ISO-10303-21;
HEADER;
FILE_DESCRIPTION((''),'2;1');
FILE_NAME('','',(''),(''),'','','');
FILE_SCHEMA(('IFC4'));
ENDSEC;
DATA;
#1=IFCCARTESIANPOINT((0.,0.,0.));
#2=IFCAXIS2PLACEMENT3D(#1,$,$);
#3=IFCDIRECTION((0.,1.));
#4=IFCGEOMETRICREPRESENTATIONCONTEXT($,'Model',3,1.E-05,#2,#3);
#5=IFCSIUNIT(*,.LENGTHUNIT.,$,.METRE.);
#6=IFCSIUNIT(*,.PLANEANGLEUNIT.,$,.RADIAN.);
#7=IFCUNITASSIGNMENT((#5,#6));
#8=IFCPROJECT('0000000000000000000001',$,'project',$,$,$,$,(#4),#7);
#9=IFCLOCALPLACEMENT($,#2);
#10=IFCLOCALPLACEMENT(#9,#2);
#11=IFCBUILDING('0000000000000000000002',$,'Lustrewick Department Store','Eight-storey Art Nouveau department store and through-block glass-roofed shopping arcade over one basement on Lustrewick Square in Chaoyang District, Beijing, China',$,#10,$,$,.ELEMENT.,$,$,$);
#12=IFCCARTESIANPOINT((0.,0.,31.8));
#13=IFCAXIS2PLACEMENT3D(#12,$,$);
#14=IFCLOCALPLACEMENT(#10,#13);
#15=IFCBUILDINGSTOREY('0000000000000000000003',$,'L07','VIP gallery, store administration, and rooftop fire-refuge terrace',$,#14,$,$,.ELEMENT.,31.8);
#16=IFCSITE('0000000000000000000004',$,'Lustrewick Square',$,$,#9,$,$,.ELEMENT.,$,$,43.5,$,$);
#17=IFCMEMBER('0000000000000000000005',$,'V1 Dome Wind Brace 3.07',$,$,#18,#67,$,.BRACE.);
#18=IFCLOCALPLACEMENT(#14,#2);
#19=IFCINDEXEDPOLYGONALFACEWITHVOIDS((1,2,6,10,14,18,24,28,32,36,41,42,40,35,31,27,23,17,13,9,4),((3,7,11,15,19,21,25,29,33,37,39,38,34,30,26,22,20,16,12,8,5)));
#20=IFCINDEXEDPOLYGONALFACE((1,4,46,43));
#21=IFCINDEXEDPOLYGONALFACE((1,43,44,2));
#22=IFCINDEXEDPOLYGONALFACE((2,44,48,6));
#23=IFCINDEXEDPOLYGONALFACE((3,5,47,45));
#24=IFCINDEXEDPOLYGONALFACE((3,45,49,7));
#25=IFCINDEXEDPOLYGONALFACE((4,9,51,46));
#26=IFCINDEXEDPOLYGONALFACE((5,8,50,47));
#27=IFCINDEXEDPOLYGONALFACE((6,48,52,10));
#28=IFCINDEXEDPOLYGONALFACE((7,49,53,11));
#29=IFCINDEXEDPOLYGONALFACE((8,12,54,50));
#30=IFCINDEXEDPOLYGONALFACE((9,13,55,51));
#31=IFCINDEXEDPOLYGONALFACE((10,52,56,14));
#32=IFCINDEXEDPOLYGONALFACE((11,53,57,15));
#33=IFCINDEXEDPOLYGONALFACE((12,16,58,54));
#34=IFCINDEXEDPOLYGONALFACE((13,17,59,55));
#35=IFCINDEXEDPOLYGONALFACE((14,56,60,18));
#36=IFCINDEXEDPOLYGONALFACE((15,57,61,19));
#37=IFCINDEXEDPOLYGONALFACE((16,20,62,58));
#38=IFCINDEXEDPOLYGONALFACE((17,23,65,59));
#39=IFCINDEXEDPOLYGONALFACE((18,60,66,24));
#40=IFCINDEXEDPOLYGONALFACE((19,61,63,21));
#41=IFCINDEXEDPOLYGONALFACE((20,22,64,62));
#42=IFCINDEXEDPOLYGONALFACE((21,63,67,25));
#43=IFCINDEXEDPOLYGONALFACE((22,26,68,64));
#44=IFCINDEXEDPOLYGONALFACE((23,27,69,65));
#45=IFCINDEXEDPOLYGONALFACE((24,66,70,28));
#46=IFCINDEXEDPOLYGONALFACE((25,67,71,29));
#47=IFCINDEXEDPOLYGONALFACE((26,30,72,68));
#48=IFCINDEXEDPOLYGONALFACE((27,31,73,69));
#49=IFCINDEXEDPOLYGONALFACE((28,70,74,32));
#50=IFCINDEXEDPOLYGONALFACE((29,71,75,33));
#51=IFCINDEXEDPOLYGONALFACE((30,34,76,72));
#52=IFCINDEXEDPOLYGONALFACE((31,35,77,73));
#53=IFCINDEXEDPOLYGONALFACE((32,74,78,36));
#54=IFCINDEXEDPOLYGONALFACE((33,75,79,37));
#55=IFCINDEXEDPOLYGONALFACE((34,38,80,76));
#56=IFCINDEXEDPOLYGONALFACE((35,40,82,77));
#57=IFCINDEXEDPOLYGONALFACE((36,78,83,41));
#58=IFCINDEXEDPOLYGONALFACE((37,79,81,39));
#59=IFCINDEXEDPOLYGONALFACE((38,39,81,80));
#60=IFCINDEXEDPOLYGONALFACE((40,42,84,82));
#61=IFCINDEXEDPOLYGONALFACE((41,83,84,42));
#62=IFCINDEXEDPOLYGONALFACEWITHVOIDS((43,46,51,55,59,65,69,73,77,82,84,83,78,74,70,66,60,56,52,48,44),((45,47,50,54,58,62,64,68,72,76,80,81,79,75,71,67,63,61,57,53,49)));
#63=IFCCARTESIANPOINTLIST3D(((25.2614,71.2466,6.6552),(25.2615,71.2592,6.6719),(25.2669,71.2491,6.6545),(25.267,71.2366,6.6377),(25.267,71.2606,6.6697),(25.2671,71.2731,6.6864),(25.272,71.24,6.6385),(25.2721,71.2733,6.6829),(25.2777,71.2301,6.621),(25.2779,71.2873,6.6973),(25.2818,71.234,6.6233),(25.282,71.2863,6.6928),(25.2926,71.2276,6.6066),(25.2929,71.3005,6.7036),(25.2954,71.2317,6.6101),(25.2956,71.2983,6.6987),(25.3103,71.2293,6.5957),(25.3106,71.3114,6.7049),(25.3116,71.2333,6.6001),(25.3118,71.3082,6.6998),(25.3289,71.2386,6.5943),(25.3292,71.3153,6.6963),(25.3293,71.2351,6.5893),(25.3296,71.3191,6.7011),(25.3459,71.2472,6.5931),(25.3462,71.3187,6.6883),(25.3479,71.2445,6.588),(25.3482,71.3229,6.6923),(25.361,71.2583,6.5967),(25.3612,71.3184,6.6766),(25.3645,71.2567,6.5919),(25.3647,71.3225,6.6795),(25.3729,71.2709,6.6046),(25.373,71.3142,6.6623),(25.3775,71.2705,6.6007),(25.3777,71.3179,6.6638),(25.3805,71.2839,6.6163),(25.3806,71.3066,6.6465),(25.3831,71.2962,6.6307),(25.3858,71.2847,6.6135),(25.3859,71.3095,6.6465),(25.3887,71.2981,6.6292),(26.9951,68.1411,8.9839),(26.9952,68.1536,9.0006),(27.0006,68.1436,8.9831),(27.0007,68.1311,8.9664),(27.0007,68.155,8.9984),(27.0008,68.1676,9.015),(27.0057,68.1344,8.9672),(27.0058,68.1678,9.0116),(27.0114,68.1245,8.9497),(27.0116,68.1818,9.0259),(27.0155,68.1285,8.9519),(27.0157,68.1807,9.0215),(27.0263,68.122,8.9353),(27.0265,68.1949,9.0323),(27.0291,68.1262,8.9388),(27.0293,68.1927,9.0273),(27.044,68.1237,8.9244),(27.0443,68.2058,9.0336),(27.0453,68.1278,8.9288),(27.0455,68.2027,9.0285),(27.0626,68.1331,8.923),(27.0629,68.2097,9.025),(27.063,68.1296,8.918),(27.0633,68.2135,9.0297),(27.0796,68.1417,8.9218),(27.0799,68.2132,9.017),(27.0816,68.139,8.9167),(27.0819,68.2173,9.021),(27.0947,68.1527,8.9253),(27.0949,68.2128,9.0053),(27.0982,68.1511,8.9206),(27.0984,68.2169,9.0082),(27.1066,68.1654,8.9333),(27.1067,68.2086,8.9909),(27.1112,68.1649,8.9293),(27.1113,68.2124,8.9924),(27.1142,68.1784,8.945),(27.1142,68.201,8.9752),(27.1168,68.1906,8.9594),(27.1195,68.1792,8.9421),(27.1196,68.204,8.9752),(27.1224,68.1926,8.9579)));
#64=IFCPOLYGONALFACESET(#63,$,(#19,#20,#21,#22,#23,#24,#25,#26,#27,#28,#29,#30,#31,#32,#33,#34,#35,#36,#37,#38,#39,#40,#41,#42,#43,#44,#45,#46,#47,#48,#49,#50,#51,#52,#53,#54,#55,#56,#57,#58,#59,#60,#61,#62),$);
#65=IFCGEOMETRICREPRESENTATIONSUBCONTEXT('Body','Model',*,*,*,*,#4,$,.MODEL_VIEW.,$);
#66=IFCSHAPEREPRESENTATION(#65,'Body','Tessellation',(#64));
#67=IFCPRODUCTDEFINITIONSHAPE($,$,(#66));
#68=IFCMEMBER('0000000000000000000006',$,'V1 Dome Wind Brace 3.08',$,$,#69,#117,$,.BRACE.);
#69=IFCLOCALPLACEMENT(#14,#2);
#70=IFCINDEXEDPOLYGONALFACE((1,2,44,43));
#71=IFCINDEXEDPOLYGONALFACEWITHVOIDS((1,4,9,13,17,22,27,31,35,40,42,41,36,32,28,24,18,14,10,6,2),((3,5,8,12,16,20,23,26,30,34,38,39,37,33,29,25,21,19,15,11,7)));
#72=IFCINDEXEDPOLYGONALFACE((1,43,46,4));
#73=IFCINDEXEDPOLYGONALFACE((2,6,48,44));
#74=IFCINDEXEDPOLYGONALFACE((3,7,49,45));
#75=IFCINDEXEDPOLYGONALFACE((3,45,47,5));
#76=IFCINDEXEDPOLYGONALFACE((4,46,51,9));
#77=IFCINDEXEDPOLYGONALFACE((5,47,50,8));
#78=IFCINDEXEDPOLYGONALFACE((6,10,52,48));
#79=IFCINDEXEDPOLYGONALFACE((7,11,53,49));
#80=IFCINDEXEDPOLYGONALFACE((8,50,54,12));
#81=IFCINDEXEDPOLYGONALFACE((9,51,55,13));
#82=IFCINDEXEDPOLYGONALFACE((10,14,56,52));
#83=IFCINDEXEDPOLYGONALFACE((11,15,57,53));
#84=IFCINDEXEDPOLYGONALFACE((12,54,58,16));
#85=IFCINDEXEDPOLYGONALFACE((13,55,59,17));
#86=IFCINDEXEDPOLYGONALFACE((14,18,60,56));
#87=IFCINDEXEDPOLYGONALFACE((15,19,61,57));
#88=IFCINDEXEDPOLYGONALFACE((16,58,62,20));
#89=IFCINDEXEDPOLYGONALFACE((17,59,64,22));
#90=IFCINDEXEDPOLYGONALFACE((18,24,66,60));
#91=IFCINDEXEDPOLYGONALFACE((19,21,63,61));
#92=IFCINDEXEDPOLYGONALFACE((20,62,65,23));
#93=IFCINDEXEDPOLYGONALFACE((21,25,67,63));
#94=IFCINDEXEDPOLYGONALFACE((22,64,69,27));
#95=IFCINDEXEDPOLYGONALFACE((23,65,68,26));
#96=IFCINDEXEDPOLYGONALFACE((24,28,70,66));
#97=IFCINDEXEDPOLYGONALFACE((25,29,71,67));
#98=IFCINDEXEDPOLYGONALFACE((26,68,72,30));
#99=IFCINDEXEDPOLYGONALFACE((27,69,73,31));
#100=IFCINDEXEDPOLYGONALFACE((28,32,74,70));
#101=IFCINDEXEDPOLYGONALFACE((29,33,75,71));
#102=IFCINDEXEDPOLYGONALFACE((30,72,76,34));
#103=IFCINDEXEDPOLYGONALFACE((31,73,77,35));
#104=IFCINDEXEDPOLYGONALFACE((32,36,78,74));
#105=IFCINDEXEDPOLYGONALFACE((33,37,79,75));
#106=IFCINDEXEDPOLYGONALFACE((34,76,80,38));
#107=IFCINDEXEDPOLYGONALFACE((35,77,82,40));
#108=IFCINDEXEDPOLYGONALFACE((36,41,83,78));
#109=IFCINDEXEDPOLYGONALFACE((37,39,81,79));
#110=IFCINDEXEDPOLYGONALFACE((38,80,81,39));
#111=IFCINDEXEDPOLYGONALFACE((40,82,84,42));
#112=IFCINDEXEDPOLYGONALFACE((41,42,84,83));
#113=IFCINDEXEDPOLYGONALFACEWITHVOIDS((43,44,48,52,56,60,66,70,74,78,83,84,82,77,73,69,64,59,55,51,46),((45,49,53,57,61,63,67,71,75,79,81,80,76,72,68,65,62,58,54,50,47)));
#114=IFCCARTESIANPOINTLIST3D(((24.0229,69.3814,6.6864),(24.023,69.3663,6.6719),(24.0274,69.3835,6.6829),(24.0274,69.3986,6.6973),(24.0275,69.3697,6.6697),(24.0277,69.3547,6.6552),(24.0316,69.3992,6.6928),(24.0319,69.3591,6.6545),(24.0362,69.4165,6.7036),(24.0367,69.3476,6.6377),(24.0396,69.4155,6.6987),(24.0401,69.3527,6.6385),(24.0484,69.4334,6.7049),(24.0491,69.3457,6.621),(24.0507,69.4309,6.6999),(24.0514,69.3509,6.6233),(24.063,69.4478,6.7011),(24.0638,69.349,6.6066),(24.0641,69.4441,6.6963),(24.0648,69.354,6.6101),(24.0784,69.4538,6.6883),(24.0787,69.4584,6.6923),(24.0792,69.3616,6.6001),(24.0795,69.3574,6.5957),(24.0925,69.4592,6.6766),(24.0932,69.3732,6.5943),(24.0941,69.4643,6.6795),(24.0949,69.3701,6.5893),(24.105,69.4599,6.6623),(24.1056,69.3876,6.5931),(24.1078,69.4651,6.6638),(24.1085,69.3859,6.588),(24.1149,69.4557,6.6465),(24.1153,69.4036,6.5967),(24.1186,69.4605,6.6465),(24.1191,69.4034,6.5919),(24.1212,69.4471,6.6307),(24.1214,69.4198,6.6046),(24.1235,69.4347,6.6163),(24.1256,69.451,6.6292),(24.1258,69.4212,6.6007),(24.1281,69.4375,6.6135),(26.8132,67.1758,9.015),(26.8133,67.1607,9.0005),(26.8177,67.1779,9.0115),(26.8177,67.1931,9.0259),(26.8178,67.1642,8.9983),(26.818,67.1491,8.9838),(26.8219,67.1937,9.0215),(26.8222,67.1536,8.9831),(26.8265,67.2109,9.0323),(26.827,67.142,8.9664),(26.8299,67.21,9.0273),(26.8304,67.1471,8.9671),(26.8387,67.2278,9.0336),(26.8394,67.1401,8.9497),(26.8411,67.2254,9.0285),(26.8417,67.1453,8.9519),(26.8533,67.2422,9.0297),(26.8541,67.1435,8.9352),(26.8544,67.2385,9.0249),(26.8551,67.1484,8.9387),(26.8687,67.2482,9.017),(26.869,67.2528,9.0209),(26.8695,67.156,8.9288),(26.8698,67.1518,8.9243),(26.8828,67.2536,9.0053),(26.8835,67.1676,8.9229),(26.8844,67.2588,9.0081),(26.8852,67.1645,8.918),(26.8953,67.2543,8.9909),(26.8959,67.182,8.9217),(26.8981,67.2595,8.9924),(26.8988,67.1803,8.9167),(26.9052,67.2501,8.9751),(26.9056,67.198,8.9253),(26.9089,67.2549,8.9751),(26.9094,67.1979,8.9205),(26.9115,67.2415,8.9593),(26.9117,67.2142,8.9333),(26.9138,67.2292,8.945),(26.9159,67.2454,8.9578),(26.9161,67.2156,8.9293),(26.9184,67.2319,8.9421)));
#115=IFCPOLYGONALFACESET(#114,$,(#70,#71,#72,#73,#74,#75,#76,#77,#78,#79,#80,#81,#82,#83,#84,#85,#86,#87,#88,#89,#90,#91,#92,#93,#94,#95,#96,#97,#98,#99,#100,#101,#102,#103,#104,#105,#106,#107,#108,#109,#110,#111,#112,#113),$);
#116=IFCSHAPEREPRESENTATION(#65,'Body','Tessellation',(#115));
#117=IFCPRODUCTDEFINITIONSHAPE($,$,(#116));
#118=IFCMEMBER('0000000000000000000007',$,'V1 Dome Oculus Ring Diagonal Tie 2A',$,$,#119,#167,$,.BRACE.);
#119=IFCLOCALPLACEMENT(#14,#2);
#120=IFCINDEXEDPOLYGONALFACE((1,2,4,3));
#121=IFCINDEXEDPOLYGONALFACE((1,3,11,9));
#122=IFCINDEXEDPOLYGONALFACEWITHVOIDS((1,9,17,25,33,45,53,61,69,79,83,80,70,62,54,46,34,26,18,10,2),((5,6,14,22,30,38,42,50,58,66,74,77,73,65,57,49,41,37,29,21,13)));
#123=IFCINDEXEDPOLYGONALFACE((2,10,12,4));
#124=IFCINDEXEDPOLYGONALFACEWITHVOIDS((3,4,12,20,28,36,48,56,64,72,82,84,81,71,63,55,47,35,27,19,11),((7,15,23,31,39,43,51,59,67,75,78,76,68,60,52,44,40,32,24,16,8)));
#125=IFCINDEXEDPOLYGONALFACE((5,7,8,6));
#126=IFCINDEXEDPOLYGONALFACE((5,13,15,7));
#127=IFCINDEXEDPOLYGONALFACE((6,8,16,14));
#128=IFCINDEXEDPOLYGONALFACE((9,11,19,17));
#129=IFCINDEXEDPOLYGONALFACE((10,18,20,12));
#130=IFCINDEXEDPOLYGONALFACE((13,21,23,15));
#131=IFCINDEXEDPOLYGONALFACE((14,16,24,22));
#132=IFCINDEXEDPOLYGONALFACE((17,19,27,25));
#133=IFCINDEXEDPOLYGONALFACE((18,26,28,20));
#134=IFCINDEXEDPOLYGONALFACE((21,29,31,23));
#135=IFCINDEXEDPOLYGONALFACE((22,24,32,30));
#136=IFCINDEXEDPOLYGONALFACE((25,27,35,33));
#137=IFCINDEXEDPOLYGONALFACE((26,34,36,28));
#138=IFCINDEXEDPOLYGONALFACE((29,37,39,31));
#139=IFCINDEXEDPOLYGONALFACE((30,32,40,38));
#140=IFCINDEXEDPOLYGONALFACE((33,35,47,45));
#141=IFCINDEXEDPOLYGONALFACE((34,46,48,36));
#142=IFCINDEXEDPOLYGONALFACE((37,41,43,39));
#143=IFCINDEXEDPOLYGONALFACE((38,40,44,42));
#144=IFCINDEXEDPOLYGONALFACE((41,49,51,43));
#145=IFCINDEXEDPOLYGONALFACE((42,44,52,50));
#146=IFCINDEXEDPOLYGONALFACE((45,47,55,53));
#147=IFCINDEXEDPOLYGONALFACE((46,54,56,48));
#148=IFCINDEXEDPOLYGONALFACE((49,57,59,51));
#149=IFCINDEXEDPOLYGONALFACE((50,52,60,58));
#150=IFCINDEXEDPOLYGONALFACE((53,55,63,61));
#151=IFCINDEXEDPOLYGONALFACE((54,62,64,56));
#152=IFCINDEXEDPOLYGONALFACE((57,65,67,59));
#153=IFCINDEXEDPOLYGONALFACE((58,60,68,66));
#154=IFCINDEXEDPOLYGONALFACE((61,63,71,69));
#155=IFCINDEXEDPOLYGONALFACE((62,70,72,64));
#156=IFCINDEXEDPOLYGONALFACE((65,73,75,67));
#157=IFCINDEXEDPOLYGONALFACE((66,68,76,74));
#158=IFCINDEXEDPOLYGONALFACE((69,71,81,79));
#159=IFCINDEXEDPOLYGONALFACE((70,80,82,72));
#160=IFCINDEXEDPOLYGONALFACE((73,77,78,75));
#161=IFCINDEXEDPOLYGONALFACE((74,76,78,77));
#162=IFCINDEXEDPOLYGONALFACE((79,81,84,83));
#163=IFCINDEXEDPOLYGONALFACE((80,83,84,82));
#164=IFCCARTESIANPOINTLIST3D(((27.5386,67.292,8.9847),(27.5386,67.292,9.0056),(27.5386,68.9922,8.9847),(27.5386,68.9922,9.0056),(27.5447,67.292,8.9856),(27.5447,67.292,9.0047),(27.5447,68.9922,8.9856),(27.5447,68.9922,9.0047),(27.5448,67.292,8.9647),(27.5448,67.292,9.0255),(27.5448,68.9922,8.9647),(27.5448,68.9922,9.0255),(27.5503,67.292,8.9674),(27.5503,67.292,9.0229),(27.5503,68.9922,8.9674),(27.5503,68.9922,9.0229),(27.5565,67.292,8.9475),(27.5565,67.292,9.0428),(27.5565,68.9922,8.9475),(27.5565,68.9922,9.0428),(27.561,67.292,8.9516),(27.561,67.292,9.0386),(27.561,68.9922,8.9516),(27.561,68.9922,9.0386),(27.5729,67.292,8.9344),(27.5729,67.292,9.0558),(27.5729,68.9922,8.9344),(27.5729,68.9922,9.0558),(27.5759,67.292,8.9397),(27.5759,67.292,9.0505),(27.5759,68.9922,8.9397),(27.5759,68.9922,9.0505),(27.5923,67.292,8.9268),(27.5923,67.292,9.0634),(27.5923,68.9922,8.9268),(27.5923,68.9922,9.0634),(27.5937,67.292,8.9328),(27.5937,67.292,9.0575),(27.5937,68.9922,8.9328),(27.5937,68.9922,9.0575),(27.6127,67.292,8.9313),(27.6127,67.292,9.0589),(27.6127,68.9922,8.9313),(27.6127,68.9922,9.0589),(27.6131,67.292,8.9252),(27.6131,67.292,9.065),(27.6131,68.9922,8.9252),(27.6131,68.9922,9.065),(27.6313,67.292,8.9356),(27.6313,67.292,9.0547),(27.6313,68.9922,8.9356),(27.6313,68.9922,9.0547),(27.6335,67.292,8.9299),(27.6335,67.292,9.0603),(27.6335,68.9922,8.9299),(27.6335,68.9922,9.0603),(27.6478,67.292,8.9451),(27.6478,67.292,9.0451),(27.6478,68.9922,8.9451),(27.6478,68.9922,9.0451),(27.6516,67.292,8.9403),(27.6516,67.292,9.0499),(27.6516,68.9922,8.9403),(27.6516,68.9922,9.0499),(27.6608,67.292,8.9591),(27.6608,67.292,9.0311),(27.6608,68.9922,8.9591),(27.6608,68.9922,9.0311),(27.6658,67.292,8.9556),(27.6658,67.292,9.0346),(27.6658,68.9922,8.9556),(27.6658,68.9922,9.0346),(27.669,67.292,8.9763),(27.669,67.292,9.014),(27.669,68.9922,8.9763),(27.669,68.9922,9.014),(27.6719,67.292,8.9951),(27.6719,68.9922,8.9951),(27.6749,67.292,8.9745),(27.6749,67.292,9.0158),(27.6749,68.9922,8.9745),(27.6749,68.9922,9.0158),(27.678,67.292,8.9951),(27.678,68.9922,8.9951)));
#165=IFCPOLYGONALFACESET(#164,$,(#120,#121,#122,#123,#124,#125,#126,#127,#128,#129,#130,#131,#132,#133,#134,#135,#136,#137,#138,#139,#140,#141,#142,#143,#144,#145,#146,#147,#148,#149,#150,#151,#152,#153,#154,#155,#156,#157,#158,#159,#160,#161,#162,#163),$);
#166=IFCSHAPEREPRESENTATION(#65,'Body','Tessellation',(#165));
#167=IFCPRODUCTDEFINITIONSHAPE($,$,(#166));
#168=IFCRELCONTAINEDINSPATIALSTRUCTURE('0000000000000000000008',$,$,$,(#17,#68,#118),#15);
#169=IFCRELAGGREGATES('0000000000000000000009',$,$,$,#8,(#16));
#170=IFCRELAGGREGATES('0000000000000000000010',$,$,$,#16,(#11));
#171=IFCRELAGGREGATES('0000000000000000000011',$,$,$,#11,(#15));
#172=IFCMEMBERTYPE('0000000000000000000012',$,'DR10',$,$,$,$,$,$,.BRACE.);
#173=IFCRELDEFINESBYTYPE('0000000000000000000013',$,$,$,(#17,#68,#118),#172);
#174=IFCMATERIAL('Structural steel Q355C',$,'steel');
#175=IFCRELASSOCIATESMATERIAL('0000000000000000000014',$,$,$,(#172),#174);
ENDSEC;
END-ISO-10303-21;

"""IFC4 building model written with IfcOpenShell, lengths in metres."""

from ifc_helpers import new_model, si_unit, direction, frame, origin, origin_2d, place, context, subcontext, project, spatial, hollow_circle, extrude, material, material_profile, profile_set, type_object, element, save


model = new_model("IFC4")

# Units and contexts
model_context = context("Model", 3, precision=1e-05, world=origin(), true_north=direction((0.0, 1.0)))
body_context = subcontext(model_context, "Body", "Model", "MODEL_VIEW")
ifc_project = project(units=[si_unit("LENGTHUNIT", "METRE"), si_unit("PLANEANGLEUNIT", "RADIAN")], contexts=[model_context])

# Site, building, storey
site_placement = place(None, origin())
site = spatial("IfcSite", under=ifc_project, at=site_placement, Name="Lustrewick Square", CompositionType="ELEMENT", RefElevation=43.5)
building_placement = place(site_placement, origin())
building = spatial("IfcBuilding", under=site, at=building_placement, Name="Lustrewick Department Store", Description="Eight-storey Art Nouveau department store and through-block glass-roofed shopping arcade over one basement on Lustrewick Square in Chaoyang District, Beijing, China", CompositionType="ELEMENT")
storey_placement = place(building_placement, frame((0.0, 0.0, 31.8)))
storey = spatial("IfcBuildingStorey", under=building, at=storey_placement, Name="L07", Description="VIP gallery, store administration, and rooftop fire-refuge terrace", CompositionType="ELEMENT", Elevation=31.8)

# Members
ifc_material_1 = material(Name="Structural steel Q355C", Category="steel")
ifc_material_profile_1 = material_profile(ifc_material_1, hollow_circle(Radius=0.0701, WallThickness=0.0061, at=origin_2d()), Name="CHS 140x6")
ifc_profile_set_1 = profile_set([ifc_material_profile_1], Name="Structural steel Q355C")
member_type_1 = type_object("IfcMemberType", Name="DR10", PredefinedType="BRACE", material=ifc_profile_set_1)
for number, where, z_axis, x_axis, name in (
    (1, (25.3247, 71.2754, 6.6465), (0.40781, -0.730509, 0.547767), (0.873155, 0.487443, 0.0), "V1 Dome Wind Brace 3.07"),
    (2, (24.0752, 69.4055, 6.6465), (0.656353, -0.518811, 0.547755), (0.620114, 0.784512, 0.0), "V1 Dome Wind Brace 3.08"),
):
    element("IfcMember", number, at=place(storey_placement, frame(where, z_axis=z_axis, x_axis=x_axis)), inside=storey, type_object=member_type_1, Name=name, PredefinedType="BRACE", context=body_context, shape_type="SweptSolid", body=[
        extrude(hollow_circle(Radius=0.0701, WallThickness=0.0061, at=origin_2d()), origin(), (0.0, 0.0, 1.0), 4.2512),
    ])
for number, where, z_axis, x_axis, name in (
    (3, (27.6079, 68.9922, 8.9951), (0.0, -1.0, 0.0), (1.0, 0.0, 0.0), "V1 Dome Oculus Ring Diagonal Tie 2A"),
):
    element("IfcMember", number, at=place(storey_placement, frame(where, z_axis=z_axis, x_axis=x_axis)), inside=storey, type_object=member_type_1, Name=name, PredefinedType="BRACE", context=body_context, shape_type="SweptSolid", body=[
        extrude(hollow_circle(Radius=0.0701, WallThickness=0.0061, at=origin_2d()), origin(), (0.0, 0.0, 1.0), 1.7002),
    ])

save(model, "model.ifc")
